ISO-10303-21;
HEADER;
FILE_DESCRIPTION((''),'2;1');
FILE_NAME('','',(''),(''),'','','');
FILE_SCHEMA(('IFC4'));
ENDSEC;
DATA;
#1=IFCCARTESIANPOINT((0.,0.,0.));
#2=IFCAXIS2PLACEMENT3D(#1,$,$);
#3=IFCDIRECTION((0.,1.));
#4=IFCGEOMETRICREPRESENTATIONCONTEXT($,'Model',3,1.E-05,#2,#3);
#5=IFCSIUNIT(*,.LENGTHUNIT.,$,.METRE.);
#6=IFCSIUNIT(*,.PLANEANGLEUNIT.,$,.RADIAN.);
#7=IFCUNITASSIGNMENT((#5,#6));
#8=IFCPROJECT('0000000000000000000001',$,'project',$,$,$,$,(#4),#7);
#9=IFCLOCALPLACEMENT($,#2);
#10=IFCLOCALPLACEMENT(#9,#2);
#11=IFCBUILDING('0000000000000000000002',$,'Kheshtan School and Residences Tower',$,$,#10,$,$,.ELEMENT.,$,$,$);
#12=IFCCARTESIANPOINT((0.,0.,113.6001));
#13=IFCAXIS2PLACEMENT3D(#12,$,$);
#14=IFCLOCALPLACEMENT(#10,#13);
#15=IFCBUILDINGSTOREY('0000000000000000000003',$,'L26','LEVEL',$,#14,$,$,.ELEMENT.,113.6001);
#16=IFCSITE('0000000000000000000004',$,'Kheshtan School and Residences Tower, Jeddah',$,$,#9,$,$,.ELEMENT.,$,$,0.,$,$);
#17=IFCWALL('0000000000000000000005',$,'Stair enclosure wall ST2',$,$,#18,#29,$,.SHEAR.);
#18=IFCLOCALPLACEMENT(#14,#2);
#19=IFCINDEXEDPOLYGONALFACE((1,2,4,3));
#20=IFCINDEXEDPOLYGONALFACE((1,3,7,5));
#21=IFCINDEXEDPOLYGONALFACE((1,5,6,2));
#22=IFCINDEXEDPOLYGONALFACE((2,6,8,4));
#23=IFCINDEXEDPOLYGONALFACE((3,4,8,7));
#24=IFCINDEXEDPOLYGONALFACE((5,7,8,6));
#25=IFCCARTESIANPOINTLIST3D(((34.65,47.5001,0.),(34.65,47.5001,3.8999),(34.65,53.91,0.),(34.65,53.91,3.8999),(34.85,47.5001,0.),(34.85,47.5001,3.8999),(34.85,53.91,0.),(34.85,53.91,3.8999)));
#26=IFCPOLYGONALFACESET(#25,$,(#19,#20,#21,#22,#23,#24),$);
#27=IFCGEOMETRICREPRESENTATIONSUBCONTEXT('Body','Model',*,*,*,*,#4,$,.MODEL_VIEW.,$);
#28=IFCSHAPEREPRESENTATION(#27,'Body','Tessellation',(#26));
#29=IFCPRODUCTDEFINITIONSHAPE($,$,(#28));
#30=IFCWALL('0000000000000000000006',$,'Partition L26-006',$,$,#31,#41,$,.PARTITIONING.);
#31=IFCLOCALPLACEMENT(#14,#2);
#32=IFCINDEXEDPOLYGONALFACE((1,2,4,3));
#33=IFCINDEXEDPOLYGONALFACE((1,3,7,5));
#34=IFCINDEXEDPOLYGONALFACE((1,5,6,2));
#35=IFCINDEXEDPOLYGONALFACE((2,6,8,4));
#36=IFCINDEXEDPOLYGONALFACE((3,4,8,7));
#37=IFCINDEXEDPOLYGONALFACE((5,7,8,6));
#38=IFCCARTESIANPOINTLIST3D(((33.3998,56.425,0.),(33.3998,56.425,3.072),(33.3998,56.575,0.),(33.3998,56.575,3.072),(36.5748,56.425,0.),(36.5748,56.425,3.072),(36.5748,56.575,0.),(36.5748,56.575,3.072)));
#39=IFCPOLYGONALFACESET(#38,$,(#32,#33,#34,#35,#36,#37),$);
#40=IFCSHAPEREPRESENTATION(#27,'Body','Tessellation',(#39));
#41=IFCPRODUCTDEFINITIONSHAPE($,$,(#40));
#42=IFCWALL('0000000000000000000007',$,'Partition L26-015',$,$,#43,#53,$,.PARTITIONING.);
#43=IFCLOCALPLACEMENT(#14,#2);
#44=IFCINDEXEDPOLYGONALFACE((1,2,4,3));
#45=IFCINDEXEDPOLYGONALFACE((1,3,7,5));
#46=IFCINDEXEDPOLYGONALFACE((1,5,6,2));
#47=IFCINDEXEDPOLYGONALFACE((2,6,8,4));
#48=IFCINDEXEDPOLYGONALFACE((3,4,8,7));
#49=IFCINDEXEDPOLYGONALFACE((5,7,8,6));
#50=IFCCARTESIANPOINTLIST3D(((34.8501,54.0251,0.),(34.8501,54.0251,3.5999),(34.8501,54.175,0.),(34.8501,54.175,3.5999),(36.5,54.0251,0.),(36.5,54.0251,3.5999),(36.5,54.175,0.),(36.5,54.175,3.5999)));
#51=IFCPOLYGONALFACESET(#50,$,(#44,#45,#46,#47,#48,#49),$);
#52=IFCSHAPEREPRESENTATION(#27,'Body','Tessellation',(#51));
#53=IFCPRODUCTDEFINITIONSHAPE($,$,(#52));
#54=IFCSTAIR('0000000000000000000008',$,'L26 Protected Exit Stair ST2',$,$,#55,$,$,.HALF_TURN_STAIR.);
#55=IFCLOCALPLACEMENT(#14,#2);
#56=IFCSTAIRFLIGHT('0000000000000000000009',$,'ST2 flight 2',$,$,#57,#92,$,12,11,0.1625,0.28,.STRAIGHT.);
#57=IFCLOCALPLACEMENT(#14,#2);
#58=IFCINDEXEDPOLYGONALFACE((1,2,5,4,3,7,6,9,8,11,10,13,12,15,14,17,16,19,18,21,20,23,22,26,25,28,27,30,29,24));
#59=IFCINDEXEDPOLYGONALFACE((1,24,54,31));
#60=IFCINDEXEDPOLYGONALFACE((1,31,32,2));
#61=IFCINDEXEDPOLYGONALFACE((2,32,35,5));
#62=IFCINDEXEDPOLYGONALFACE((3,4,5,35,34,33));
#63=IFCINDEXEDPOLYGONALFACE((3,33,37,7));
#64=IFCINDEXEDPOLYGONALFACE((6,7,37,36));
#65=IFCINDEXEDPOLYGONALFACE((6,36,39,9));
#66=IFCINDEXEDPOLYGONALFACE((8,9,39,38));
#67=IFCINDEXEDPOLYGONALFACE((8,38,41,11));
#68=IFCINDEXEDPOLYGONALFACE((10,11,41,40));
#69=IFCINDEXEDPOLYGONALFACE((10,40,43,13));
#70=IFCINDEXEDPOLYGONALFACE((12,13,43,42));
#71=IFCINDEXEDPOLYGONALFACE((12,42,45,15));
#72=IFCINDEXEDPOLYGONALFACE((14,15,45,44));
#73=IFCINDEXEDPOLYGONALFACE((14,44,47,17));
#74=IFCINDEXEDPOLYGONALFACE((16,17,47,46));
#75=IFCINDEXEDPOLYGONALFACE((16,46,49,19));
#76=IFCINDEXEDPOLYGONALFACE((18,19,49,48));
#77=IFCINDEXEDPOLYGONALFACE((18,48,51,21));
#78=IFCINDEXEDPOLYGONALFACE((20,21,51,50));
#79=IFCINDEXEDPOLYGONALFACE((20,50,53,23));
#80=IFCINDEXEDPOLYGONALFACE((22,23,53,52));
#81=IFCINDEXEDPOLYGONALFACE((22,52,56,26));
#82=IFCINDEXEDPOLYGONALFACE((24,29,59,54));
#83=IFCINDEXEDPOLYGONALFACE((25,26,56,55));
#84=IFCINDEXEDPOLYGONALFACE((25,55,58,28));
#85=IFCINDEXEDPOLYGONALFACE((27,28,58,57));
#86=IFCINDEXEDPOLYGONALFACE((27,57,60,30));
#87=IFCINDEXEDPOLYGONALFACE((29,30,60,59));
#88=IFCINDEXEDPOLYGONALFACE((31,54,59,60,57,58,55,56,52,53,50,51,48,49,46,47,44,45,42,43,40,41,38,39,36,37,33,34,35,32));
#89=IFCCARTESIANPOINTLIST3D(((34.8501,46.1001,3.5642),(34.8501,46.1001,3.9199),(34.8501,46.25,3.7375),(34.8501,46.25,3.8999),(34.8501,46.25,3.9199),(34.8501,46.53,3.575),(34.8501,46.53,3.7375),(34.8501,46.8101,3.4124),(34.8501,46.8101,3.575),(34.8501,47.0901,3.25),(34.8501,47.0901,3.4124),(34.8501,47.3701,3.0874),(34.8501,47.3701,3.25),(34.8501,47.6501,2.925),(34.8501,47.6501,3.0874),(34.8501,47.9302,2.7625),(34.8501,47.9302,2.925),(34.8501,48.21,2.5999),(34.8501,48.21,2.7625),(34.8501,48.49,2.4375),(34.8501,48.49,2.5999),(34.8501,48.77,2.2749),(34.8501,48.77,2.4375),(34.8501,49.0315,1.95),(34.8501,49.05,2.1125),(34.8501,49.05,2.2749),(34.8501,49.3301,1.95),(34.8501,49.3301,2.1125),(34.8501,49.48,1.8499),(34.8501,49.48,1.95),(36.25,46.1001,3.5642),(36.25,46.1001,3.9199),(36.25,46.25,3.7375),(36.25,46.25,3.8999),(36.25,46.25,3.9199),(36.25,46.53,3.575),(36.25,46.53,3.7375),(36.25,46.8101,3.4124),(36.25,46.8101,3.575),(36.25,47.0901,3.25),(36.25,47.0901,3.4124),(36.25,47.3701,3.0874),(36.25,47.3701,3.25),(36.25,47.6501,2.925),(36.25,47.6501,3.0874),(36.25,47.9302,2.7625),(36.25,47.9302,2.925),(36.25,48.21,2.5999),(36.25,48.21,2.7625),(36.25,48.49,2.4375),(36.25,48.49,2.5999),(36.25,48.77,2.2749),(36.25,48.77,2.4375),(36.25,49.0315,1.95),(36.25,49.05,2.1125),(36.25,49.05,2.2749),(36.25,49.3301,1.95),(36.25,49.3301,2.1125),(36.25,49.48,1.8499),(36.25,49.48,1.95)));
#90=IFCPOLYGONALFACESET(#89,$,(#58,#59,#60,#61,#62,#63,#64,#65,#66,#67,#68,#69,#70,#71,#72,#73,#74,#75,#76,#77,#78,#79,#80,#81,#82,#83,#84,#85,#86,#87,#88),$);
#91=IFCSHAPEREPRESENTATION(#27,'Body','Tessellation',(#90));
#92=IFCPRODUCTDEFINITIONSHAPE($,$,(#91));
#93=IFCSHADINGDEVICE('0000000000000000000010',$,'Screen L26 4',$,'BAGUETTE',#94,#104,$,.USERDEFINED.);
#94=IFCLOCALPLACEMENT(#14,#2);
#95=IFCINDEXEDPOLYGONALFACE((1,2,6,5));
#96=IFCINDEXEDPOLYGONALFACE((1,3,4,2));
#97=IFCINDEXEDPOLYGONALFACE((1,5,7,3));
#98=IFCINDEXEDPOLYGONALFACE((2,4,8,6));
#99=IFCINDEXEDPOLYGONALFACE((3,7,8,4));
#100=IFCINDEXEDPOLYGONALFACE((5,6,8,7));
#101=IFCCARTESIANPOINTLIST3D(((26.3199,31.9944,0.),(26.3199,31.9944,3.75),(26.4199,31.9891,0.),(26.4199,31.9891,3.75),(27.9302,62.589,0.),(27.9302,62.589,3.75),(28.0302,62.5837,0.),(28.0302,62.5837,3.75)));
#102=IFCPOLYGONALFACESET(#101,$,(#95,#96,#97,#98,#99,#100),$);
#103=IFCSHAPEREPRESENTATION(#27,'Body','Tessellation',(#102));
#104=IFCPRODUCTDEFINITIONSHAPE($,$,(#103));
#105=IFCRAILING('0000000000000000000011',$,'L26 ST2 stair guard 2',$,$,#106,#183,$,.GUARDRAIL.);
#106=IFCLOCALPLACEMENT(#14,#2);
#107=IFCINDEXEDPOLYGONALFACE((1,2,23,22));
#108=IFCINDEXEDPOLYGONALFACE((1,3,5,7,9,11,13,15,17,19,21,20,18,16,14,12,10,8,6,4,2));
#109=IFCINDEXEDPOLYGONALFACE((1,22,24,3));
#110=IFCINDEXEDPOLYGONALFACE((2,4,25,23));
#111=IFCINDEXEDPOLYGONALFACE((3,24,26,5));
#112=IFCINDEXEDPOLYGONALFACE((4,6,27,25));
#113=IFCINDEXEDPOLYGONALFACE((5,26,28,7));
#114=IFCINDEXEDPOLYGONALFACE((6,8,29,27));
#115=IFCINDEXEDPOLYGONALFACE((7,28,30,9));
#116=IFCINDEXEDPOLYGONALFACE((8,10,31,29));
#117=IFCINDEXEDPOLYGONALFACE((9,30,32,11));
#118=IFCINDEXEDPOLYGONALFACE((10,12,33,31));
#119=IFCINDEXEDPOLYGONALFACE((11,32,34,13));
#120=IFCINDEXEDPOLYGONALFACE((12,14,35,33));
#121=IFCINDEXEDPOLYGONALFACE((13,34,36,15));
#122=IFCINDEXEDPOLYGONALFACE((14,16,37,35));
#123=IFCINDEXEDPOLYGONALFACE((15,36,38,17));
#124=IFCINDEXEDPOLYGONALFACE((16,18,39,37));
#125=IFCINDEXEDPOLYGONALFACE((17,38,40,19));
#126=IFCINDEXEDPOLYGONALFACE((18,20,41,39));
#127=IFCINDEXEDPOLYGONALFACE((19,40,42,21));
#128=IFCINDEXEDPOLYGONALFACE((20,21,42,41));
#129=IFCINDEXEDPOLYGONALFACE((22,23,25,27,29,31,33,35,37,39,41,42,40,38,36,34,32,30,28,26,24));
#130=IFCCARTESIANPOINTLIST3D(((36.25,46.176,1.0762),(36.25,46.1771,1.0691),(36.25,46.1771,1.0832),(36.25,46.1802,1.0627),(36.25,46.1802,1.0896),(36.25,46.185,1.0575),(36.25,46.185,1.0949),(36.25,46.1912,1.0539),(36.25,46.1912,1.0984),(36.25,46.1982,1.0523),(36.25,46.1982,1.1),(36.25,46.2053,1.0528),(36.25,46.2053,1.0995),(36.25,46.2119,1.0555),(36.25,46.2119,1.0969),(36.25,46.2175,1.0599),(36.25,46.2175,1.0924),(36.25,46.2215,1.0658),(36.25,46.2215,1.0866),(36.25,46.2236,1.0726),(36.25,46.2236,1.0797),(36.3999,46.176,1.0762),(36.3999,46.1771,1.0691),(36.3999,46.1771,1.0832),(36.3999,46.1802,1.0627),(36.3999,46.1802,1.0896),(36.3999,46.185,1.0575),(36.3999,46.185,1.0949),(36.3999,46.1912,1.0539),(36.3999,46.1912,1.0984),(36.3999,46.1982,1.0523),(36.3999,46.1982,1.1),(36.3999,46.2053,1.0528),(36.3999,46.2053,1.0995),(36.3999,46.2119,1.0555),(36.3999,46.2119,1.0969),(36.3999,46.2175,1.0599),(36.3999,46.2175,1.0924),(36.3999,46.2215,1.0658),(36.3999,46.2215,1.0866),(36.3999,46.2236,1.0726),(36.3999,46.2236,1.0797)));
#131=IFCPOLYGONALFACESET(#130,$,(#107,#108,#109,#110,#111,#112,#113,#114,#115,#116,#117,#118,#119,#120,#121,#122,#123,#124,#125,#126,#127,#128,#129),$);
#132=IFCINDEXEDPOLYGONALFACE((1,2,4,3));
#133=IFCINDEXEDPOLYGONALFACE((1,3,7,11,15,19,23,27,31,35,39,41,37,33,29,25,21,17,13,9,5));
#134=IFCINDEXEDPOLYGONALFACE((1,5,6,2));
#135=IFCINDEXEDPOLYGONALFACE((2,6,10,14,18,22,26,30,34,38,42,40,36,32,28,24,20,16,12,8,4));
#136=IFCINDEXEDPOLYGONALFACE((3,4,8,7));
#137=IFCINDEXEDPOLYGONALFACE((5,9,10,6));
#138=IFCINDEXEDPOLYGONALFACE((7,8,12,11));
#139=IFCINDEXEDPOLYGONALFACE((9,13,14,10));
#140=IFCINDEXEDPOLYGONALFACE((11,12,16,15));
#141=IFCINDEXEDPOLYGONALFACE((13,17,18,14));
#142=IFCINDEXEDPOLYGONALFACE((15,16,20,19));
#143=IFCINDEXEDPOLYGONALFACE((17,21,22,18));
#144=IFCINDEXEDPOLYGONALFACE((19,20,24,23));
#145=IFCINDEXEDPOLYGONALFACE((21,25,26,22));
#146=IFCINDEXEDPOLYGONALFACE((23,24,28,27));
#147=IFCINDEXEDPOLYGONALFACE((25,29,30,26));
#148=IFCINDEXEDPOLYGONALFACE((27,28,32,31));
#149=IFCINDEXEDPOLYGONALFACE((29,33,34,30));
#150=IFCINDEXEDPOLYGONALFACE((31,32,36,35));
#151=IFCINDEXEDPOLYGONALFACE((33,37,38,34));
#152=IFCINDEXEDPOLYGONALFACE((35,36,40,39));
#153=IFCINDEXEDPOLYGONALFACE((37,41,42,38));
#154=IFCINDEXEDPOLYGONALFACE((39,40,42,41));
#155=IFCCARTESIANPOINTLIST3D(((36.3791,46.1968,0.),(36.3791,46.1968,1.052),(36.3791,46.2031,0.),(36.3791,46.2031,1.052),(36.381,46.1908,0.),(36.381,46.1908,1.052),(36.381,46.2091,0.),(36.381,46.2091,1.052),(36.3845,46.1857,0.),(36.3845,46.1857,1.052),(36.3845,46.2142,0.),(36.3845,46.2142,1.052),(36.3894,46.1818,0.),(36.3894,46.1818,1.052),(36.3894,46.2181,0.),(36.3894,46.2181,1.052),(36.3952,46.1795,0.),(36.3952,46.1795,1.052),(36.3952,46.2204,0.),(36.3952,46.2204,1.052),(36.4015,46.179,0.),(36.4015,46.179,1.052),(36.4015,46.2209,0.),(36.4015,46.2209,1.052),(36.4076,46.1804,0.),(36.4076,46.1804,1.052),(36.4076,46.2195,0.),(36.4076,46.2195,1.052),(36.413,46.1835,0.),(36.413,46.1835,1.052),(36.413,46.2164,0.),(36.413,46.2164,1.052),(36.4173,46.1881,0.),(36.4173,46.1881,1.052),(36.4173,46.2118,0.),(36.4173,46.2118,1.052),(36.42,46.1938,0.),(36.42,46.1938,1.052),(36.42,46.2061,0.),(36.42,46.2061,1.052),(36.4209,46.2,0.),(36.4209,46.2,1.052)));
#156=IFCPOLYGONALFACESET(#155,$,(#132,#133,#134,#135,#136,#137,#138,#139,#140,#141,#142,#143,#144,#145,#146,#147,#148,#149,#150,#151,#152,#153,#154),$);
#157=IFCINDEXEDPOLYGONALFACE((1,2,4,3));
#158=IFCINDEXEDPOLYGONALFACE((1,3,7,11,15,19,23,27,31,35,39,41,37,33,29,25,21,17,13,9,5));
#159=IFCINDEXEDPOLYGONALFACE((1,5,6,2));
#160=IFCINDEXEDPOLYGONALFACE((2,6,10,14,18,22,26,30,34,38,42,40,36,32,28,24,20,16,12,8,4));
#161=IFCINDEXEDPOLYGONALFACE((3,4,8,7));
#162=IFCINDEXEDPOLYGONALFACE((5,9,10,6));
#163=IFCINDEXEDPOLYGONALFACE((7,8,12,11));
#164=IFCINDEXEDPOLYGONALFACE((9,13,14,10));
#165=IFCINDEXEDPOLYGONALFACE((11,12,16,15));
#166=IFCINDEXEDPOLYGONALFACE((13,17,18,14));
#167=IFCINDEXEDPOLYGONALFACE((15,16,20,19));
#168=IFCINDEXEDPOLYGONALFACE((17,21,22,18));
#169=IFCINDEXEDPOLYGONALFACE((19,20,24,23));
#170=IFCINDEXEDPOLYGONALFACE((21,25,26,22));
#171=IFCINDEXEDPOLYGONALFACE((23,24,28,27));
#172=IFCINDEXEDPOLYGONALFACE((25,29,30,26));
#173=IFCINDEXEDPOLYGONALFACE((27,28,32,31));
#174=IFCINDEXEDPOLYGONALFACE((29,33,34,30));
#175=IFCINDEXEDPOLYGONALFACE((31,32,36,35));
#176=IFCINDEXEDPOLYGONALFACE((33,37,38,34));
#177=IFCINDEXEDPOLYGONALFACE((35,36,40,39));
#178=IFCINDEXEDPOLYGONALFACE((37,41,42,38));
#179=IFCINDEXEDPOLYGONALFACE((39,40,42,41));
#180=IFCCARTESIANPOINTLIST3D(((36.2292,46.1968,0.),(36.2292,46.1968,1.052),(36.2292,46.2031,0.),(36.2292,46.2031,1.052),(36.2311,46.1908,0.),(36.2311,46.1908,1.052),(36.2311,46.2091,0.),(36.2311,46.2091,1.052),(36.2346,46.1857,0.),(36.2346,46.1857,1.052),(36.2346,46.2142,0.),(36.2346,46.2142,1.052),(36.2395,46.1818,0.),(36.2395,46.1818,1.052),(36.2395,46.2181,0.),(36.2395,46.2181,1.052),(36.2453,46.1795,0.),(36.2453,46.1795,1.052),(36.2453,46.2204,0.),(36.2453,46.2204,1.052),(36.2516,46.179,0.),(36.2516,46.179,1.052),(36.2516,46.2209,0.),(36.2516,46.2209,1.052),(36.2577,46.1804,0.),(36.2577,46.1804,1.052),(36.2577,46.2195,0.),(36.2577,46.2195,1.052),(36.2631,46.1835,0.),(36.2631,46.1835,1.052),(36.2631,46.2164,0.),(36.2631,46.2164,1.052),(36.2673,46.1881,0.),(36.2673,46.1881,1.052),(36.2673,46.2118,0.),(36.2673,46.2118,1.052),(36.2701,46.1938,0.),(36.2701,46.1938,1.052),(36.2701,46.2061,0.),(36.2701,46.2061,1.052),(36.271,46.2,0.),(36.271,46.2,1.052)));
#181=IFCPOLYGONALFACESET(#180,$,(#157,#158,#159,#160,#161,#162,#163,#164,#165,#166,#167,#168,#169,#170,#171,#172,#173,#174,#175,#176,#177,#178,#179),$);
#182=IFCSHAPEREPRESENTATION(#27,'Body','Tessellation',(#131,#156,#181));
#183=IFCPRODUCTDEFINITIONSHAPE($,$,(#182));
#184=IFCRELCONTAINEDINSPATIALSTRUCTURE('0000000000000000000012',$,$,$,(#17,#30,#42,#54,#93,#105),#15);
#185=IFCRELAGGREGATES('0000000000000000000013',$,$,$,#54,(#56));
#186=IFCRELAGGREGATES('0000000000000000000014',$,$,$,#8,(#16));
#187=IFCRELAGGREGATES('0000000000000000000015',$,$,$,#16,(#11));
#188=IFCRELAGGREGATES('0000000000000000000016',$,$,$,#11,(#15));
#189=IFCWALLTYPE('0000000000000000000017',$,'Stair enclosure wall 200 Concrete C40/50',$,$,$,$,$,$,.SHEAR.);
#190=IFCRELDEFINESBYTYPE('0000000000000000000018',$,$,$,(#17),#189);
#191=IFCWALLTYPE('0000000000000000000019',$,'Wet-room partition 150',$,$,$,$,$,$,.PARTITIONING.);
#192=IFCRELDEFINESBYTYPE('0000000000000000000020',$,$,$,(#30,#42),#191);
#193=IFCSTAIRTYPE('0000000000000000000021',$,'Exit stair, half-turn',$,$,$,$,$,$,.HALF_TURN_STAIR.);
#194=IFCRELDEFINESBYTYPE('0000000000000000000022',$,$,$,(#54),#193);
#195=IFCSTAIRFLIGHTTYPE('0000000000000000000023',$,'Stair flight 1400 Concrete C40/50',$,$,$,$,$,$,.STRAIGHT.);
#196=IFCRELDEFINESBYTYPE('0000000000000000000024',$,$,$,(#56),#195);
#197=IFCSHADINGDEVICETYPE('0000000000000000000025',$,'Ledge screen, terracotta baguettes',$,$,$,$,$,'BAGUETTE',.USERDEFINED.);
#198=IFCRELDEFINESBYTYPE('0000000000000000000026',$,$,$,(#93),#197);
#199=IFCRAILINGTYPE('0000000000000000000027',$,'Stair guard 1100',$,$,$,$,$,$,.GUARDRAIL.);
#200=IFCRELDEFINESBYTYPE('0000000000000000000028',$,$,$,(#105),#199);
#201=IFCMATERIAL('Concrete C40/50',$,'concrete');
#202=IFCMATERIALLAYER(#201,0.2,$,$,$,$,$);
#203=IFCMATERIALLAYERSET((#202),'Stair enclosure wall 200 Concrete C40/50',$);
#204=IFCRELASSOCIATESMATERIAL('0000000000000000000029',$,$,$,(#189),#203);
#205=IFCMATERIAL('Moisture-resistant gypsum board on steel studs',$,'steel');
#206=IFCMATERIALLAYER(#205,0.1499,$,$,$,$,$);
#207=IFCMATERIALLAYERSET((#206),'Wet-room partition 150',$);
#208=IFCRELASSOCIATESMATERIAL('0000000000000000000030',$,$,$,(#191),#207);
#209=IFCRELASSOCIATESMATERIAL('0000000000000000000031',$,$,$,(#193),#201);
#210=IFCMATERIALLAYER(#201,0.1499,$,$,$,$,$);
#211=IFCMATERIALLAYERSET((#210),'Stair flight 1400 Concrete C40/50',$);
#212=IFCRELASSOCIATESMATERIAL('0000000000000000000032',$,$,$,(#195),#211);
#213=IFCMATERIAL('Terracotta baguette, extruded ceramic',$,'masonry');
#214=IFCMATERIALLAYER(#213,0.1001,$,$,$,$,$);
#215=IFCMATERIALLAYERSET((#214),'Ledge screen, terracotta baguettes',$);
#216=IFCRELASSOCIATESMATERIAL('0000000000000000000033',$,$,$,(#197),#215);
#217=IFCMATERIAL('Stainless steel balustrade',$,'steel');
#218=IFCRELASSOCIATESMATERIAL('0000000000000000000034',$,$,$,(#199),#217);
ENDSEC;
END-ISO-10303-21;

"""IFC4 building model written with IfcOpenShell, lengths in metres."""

from ifc_helpers import new_model, si_unit, direction, frame, frame_2d, origin, origin_2d, place, context, subcontext, project, spatial, polyline, rectangle, circle, outline, extrude, material, layer, layer_set, type_object, element, aggregate, save


model = new_model("IFC4")

# Units and contexts
model_context = context("Model", 3, precision=1e-05, world=origin(), true_north=direction((0.0, 1.0)))
body_context = subcontext(model_context, "Body", "Model", "MODEL_VIEW")
ifc_project = project(units=[si_unit("LENGTHUNIT", "METRE"), si_unit("PLANEANGLEUNIT", "RADIAN")], contexts=[model_context])

# Site, building, storey
site_placement = place(None, origin())
site = spatial("IfcSite", under=ifc_project, at=site_placement, Name="Kheshtan School and Residences Tower, Jeddah", CompositionType="ELEMENT", RefElevation=0.0)
building_placement = place(site_placement, origin())
building = spatial("IfcBuilding", under=site, at=building_placement, Name="Kheshtan School and Residences Tower", CompositionType="ELEMENT")
storey_placement = place(building_placement, frame((0.0, 0.0, 113.6001)))
storey = spatial("IfcBuildingStorey", under=building, at=storey_placement, Name="L26", Description="LEVEL", CompositionType="ELEMENT", Elevation=113.6001)

# Walls
ifc_material_1 = material(Name="Concrete C40/50", Category="concrete")
ifc_layer_1 = layer(ifc_material_1, 0.2)
ifc_layer_set_1 = layer_set([ifc_layer_1], Name="Stair enclosure wall 200 Concrete C40/50")
wall_type_1 = type_object("IfcWallType", Name="Stair enclosure wall 200 Concrete C40/50", PredefinedType="SHEAR", material=ifc_layer_set_1)
wall_1_placement = place(storey_placement, frame((34.75, 47.5, 0.0), z_axis=(0.0, 0.0, 1.0), x_axis=(0.0, 1.0, 0.0)))
element("IfcWall", 1, at=wall_1_placement, inside=storey, type_object=wall_type_1, Name="Stair enclosure wall ST2", PredefinedType="SHEAR", context=body_context, shape_type="SweptSolid", body=[
    extrude(rectangle(XDim=6.4099, YDim=0.2, at=frame_2d((3.2051, 0.0))), origin(), (0.0, 0.0, 1.0), 3.8999),
])
ifc_material_2 = material(Name="Moisture-resistant gypsum board on steel studs", Category="steel")
ifc_layer_2 = layer(ifc_material_2, 0.1499)
ifc_layer_set_2 = layer_set([ifc_layer_2], Name="Wet-room partition 150")
wall_type_2 = type_object("IfcWallType", Name="Wet-room partition 150", PredefinedType="PARTITIONING", material=ifc_layer_set_2)
wall_2_placement = place(storey_placement, frame((33.3999, 56.5, 0.0), z_axis=(0.0, 0.0, 1.0), x_axis=(1.0, 0.0, 0.0)))
element("IfcWall", 2, at=wall_2_placement, inside=storey, type_object=wall_type_2, Name="Partition L26-006", PredefinedType="PARTITIONING", context=body_context, shape_type="SweptSolid", body=[
    extrude(rectangle(XDim=3.175, YDim=0.1499, at=frame_2d((1.5874, 0.0))), origin(), (0.0, 0.0, 1.0), 3.072),
])
wall_3_placement = place(storey_placement, frame((34.8501, 54.1001, 0.0), z_axis=(0.0, 0.0, 1.0), x_axis=(1.0, 0.0, 0.0)))
element("IfcWall", 3, at=wall_3_placement, inside=storey, type_object=wall_type_2, Name="Partition L26-015", PredefinedType="PARTITIONING", context=body_context, shape_type="SweptSolid", body=[
    extrude(rectangle(XDim=1.6499, YDim=0.1499, at=frame_2d((0.825, 0.0))), origin(), (0.0, 0.0, 1.0), 3.5999),
])

# Stair, stair flight
stair_type = type_object("IfcStairType", Name="Exit stair, half-turn", PredefinedType="HALF_TURN_STAIR", material=ifc_material_1)
stair_placement = place(storey_placement, origin())
stair = element("IfcStair", 4, at=stair_placement, inside=storey, type_object=stair_type, Name="L26 Protected Exit Stair ST2", PredefinedType="HALF_TURN_STAIR")
ifc_layer_3 = layer(ifc_material_1, 0.1499)
ifc_layer_set_3 = layer_set([ifc_layer_3], Name="Stair flight 1400 Concrete C40/50")
stair_flight_type = type_object("IfcStairFlightType", Name="Stair flight 1400 Concrete C40/50", PredefinedType="STRAIGHT", material=ifc_layer_set_3)
stair_flight_placement = place(storey_placement, frame((35.55, 49.3301, 1.95), z_axis=(0.0, 0.0, 1.0), x_axis=(0.0, -1.0, 0.0)))
stair_flight = element("IfcStairFlight", 5, at=stair_flight_placement, type_object=stair_flight_type, Name="ST2 flight 2", NumberOfRisers=12, NumberOfTreads=11, PredefinedType="STRAIGHT", RiserHeight=0.1625, TreadLength=0.28, context=body_context, shape_type="SweptSolid", body=[
    extrude(outline(polyline([(-0.1499, -0.1001), (-0.1499, 0.0), (0.0, 0.0), (0.0, 0.1626), (0.28, 0.1626), (0.28, 0.325), (0.5601, 0.325), (0.5601, 0.4875), (0.8401, 0.4875), (0.8401, 0.6499), (1.1201, 0.6499), (1.1201, 0.8125), (1.3999, 0.8125), (1.3999, 0.9751), (1.6799, 0.9751), (1.6799, 1.1375), (1.96, 1.1375), (1.96, 1.3), (2.24, 1.3), (2.24, 1.4624), (2.52, 1.4624), (2.52, 1.625), (2.8, 1.625), (2.8, 1.7876), (3.0801, 1.7876), (3.0801, 1.95), (3.0801, 1.97), (3.23, 1.97), (3.23, 1.6143), (0.2986, 0.0), (-0.1499, -0.1001)])), frame((0.0, 0.7, 0.0), z_axis=(0.0, -1.0, 0.0), x_axis=(1.0, 0.0, 0.0)), (0.0, 0.0, 1.0), 1.3999),
])
aggregate(stair, [stair_flight])

# Shading device
ifc_material_3 = material(Name="Terracotta baguette, extruded ceramic", Category="masonry")
ifc_layer_4 = layer(ifc_material_3, 0.1001)
ifc_layer_set_4 = layer_set([ifc_layer_4], Name="Ledge screen, terracotta baguettes")
shading_device_type = type_object("IfcShadingDeviceType", Name="Ledge screen, terracotta baguettes", ElementType="BAGUETTE", PredefinedType="USERDEFINED", material=ifc_layer_set_4)
shading_device_placement = place(storey_placement, frame((27.175, 47.2891, 0.0), z_axis=(0.0, 0.0, 1.0), x_axis=(0.052563, 0.998618, 0.0)))
element("IfcShadingDevice", 6, at=shading_device_placement, inside=storey, type_object=shading_device_type, Name="Screen L26 4", ObjectType="BAGUETTE", PredefinedType="USERDEFINED", context=body_context, shape_type="SweptSolid", body=[
    extrude(rectangle(XDim=30.637, YDim=0.1001, at=origin_2d()), origin(), (0.0, 0.0, 1.0), 3.75),
])

# Railing
ifc_material_4 = material(Name="Stainless steel balustrade", Category="steel")
railing_type_1 = type_object("IfcRailingType", Name="Stair guard 1100", PredefinedType="GUARDRAIL", material=ifc_material_4)
railing_1_placement = place(storey_placement, frame((36.3999, 46.2, 0.0)))
element("IfcRailing", 7, at=railing_1_placement, inside=storey, type_object=railing_type_1, Name="L26 ST2 stair guard 2", PredefinedType="GUARDRAIL", context=body_context, shape_type="SweptSolid", body=[
    extrude(circle(Radius=0.0239, at=origin_2d()), frame((0.0, 0.0, 1.0762), z_axis=(-1.0, 0.0, 0.0), x_axis=(0.0, -1.0, 0.0)), (0.0, 0.0, 1.0), 0.1499),
    extrude(circle(Radius=0.021, at=origin_2d()), origin(), (0.0, 0.0, 1.0), 1.052),
    extrude(circle(Radius=0.021, at=origin_2d()), frame((-0.1499, 0.0, 0.0)), (0.0, 0.0, 1.0), 1.052),
])

save(model, "model.ifc")
